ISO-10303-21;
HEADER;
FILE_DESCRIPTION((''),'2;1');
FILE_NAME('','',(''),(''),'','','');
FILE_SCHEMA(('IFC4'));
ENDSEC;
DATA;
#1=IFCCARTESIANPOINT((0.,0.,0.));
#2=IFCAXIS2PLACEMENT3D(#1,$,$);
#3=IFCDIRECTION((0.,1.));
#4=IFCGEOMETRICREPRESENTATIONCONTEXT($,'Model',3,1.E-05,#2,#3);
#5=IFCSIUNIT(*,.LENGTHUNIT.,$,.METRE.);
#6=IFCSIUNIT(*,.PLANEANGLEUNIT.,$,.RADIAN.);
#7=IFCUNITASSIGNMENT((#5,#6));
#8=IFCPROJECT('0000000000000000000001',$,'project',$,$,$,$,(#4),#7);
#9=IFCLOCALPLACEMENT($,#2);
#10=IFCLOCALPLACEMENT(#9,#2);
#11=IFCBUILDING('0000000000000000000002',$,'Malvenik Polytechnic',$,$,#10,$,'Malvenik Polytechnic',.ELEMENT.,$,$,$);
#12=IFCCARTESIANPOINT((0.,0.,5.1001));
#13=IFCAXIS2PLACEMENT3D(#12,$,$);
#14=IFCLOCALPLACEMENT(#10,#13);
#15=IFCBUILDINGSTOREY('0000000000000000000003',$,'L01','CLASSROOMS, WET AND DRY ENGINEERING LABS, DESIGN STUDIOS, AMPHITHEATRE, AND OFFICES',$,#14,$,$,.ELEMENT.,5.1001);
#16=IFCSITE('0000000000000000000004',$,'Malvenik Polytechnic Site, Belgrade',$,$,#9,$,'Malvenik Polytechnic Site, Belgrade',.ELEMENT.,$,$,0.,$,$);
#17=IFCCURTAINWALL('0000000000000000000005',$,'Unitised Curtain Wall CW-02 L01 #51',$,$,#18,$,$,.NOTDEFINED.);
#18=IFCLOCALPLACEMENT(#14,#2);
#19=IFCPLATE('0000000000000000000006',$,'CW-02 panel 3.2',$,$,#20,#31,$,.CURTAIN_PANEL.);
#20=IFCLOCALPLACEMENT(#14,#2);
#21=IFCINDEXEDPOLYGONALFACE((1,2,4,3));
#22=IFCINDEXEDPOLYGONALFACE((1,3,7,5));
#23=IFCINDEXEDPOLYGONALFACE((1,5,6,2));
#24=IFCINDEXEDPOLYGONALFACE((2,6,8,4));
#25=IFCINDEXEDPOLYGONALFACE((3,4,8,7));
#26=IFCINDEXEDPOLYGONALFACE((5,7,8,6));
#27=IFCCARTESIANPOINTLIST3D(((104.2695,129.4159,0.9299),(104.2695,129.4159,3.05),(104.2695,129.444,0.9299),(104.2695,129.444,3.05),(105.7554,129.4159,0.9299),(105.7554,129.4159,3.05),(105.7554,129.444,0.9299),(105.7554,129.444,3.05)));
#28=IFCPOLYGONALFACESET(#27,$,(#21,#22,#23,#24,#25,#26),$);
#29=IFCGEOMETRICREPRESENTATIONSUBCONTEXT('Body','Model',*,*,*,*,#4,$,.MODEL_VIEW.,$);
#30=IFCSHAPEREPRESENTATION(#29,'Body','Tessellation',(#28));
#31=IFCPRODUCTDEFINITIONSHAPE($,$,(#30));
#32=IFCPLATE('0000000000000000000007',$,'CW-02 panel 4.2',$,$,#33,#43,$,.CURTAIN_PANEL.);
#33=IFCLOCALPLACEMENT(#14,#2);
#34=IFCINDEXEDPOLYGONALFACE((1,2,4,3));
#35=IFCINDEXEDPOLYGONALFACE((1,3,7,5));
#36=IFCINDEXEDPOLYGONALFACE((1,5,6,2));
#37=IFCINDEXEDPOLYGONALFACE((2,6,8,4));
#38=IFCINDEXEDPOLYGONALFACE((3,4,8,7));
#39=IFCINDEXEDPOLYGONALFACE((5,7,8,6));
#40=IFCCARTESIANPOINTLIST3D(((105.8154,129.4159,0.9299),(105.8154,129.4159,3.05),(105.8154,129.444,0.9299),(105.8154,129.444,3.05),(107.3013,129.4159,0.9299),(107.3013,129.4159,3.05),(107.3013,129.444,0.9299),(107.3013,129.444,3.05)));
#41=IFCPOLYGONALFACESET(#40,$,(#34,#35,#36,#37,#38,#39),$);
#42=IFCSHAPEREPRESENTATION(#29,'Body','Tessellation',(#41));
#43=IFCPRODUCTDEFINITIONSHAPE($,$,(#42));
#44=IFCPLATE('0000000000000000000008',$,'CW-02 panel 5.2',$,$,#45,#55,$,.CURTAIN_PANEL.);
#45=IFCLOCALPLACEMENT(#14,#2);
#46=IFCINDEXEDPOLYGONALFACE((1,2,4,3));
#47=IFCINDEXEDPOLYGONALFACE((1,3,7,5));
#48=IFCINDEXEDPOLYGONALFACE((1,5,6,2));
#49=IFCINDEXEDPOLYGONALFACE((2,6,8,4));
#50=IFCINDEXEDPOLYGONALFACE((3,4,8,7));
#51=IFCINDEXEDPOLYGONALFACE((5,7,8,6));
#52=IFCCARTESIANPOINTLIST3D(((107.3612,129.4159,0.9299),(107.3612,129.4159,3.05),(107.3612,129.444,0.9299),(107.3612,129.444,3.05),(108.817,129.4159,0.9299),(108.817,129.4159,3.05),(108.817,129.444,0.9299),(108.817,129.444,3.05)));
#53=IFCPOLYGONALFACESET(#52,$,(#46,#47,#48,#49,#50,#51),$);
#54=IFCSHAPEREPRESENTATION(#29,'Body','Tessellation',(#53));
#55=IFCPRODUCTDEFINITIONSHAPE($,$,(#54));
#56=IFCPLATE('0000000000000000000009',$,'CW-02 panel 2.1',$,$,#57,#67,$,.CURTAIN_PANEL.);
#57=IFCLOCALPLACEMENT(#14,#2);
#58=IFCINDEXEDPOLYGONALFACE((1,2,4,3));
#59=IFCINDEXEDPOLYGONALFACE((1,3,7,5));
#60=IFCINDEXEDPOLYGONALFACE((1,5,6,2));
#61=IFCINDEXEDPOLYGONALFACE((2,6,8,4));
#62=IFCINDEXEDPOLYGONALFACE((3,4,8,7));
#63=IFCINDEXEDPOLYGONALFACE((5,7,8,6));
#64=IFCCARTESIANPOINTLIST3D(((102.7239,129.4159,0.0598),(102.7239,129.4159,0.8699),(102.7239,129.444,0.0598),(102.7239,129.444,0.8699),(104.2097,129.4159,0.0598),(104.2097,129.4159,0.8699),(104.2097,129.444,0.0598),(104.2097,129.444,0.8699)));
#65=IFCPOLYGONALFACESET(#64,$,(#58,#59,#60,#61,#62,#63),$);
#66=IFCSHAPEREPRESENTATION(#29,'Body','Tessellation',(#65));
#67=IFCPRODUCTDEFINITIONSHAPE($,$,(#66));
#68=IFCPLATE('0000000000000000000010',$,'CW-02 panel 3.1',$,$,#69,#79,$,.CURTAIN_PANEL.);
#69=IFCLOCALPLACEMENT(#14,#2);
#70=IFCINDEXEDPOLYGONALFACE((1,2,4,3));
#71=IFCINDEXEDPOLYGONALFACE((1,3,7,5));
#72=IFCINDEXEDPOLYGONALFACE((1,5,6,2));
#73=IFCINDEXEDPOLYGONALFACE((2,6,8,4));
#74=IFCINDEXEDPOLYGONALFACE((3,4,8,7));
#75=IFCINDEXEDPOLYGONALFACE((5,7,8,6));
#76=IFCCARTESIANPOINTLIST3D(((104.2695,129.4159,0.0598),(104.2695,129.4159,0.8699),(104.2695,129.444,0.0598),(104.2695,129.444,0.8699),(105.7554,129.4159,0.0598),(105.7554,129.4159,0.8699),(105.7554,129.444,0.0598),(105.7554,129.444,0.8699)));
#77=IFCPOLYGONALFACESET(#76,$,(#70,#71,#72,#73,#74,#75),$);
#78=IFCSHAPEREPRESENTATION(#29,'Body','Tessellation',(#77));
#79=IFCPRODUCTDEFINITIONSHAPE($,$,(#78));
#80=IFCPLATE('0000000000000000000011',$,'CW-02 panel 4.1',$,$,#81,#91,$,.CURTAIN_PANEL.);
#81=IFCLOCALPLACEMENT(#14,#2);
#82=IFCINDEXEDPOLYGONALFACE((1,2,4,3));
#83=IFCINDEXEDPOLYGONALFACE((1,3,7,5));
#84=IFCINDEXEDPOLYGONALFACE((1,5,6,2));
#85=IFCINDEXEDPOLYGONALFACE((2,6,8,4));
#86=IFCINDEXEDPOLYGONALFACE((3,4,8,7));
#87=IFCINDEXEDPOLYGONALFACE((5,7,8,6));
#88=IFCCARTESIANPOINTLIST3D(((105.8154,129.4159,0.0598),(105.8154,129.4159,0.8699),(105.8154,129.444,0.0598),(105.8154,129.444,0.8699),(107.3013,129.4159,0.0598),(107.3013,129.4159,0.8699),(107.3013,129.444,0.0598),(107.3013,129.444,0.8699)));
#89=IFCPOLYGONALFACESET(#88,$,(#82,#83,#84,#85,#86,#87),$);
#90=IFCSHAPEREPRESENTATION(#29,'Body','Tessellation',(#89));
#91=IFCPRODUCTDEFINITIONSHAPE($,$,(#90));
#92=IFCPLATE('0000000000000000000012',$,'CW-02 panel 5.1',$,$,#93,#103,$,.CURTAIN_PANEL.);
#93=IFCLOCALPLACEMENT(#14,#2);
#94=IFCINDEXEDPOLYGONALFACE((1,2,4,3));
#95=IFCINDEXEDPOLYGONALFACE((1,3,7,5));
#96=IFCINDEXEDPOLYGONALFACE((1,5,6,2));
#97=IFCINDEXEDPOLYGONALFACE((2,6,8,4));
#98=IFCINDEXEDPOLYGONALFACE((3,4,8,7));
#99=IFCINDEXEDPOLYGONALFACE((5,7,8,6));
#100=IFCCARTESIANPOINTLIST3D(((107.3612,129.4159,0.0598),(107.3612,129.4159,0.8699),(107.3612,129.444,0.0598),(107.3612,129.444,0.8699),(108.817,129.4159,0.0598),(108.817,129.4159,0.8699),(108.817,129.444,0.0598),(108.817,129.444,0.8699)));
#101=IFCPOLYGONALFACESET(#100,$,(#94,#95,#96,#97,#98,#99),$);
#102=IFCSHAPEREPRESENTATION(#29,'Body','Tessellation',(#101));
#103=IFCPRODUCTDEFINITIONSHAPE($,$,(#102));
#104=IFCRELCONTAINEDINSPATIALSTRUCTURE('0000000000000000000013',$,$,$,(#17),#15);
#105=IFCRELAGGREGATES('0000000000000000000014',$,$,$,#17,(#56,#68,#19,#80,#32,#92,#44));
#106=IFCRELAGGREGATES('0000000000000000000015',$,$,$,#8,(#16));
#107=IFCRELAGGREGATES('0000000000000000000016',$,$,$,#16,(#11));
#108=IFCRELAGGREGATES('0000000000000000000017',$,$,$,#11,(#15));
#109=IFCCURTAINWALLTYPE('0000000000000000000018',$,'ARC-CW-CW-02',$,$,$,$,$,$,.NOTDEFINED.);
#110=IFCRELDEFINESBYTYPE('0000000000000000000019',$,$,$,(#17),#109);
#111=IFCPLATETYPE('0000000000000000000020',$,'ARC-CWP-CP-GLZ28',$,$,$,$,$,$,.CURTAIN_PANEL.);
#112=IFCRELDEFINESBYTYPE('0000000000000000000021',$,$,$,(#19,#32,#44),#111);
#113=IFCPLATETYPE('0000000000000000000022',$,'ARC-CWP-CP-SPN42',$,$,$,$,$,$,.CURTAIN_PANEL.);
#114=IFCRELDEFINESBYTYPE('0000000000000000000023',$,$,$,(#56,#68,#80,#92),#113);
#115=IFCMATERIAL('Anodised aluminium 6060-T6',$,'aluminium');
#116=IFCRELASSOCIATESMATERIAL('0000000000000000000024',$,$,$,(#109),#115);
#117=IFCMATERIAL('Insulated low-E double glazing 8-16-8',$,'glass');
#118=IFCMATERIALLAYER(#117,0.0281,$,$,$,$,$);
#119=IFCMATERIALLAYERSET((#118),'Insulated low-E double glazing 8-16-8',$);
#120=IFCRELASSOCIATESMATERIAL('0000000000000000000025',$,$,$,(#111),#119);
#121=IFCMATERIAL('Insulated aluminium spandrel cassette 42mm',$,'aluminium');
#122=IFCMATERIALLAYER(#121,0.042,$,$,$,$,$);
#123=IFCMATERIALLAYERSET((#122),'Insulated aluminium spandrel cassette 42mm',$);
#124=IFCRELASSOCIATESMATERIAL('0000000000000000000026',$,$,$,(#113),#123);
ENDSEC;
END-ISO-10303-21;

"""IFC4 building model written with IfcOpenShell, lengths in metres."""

from ifc_helpers import new_model, si_unit, direction, frame, origin, origin_2d, place, context, subcontext, project, spatial, rectangle, extrude, material, layer, layer_set, type_object, element, aggregate, save


model = new_model("IFC4")

# Units and contexts
model_context = context("Model", 3, precision=1e-05, world=origin(), true_north=direction((0.0, 1.0)))
body_context = subcontext(model_context, "Body", "Model", "MODEL_VIEW")
ifc_project = project(units=[si_unit("LENGTHUNIT", "METRE"), si_unit("PLANEANGLEUNIT", "RADIAN")], contexts=[model_context])

# Site, building, storey
site_placement = place(None, origin())
site = spatial("IfcSite", under=ifc_project, at=site_placement, Name="Malvenik Polytechnic Site, Belgrade", LongName="Malvenik Polytechnic Site, Belgrade", CompositionType="ELEMENT", RefElevation=0.0)
building_placement = place(site_placement, origin())
building = spatial("IfcBuilding", under=site, at=building_placement, Name="Malvenik Polytechnic", LongName="Malvenik Polytechnic", CompositionType="ELEMENT")
storey_placement = place(building_placement, frame((0.0, 0.0, 5.1001)))
storey = spatial("IfcBuildingStorey", under=building, at=storey_placement, Name="L01", Description="CLASSROOMS, WET AND DRY ENGINEERING LABS, DESIGN STUDIOS, AMPHITHEATRE, AND OFFICES", CompositionType="ELEMENT", Elevation=5.1001)

# Curtain wall, plates
ifc_material_1 = material(Name="Anodised aluminium 6060-T6", Category="aluminium")
curtain_wall_type = type_object("IfcCurtainWallType", Name="ARC-CW-CW-02", PredefinedType="NOTDEFINED", material=ifc_material_1)
curtain_wall_placement = place(storey_placement, origin())
curtain_wall = element("IfcCurtainWall", 1, at=curtain_wall_placement, inside=storey, type_object=curtain_wall_type, Name="Unitised Curtain Wall CW-02 L01 #51", PredefinedType="NOTDEFINED")
ifc_material_2 = material(Name="Insulated low-E double glazing 8-16-8", Category="glass")
ifc_layer_1 = layer(ifc_material_2, 0.0281)
ifc_layer_set_1 = layer_set([ifc_layer_1], Name="Insulated low-E double glazing 8-16-8")
plate_type_1 = type_object("IfcPlateType", Name="ARC-CWP-CP-GLZ28", PredefinedType="CURTAIN_PANEL", material=ifc_layer_set_1)
plate_1_placement = place(storey_placement, frame((105.0125, 129.4299, 0.9299), z_axis=(0.0, 0.0, 1.0), x_axis=(1.0, 0.0, 0.0)))
plate_1 = element("IfcPlate", 2, at=plate_1_placement, type_object=plate_type_1, Name="CW-02 panel 3.2", PredefinedType="CURTAIN_PANEL", context=body_context, shape_type="SweptSolid", body=[
    extrude(rectangle(XDim=1.4858, YDim=0.0281, at=origin_2d()), origin(), (0.0, 0.0, 1.0), 2.1201),
])
plate_2_placement = place(storey_placement, frame((106.5583, 129.4299, 0.9299), z_axis=(0.0, 0.0, 1.0), x_axis=(1.0, 0.0, 0.0)))
plate_2 = element("IfcPlate", 3, at=plate_2_placement, type_object=plate_type_1, Name="CW-02 panel 4.2", PredefinedType="CURTAIN_PANEL", context=body_context, shape_type="SweptSolid", body=[
    extrude(rectangle(XDim=1.4858, YDim=0.0281, at=origin_2d()), origin(), (0.0, 0.0, 1.0), 2.1201),
])
plate_3_placement = place(storey_placement, frame((108.0891, 129.4299, 0.9299), z_axis=(0.0, 0.0, 1.0), x_axis=(1.0, 0.0, 0.0)))
plate_3 = element("IfcPlate", 4, at=plate_3_placement, type_object=plate_type_1, Name="CW-02 panel 5.2", PredefinedType="CURTAIN_PANEL", context=body_context, shape_type="SweptSolid", body=[
    extrude(rectangle(XDim=1.4558, YDim=0.0281, at=origin_2d()), origin(), (0.0, 0.0, 1.0), 2.1201),
])
ifc_material_3 = material(Name="Insulated aluminium spandrel cassette 42mm", Category="aluminium")
ifc_layer_2 = layer(ifc_material_3, 0.042)
ifc_layer_set_2 = layer_set([ifc_layer_2], Name="Insulated aluminium spandrel cassette 42mm")
plate_type_2 = type_object("IfcPlateType", Name="ARC-CWP-CP-SPN42", PredefinedType="CURTAIN_PANEL", material=ifc_layer_set_2)
plate_4_placement = place(storey_placement, frame((103.4668, 129.4299, 0.0598), z_axis=(0.0, 0.0, 1.0), x_axis=(1.0, 0.0, 0.0)))
plate_4 = element("IfcPlate", 5, at=plate_4_placement, type_object=plate_type_2, Name="CW-02 panel 2.1", PredefinedType="CURTAIN_PANEL", context=body_context, shape_type="SweptSolid", body=[
    extrude(rectangle(XDim=1.4858, YDim=0.0281, at=origin_2d()), origin(), (0.0, 0.0, 1.0), 0.8101),
])
plate_5_placement = place(storey_placement, frame((105.0125, 129.4299, 0.0598), z_axis=(0.0, 0.0, 1.0), x_axis=(1.0, 0.0, 0.0)))
plate_5 = element("IfcPlate", 6, at=plate_5_placement, type_object=plate_type_2, Name="CW-02 panel 3.1", PredefinedType="CURTAIN_PANEL", context=body_context, shape_type="SweptSolid", body=[
    extrude(rectangle(XDim=1.4858, YDim=0.0281, at=origin_2d()), origin(), (0.0, 0.0, 1.0), 0.8101),
])
plate_6_placement = place(storey_placement, frame((106.5583, 129.4299, 0.0598), z_axis=(0.0, 0.0, 1.0), x_axis=(1.0, 0.0, 0.0)))
plate_6 = element("IfcPlate", 7, at=plate_6_placement, type_object=plate_type_2, Name="CW-02 panel 4.1", PredefinedType="CURTAIN_PANEL", context=body_context, shape_type="SweptSolid", body=[
    extrude(rectangle(XDim=1.4858, YDim=0.0281, at=origin_2d()), origin(), (0.0, 0.0, 1.0), 0.8101),
])
plate_7_placement = place(storey_placement, frame((108.0891, 129.4299, 0.0598), z_axis=(0.0, 0.0, 1.0), x_axis=(1.0, 0.0, 0.0)))
plate_7 = element("IfcPlate", 8, at=plate_7_placement, type_object=plate_type_2, Name="CW-02 panel 5.1", PredefinedType="CURTAIN_PANEL", context=body_context, shape_type="SweptSolid", body=[
    extrude(rectangle(XDim=1.4558, YDim=0.0281, at=origin_2d()), origin(), (0.0, 0.0, 1.0), 0.8101),
])
aggregate(curtain_wall, [plate_4, plate_5, plate_1, plate_6, plate_2, plate_7, plate_3])

save(model, "model.ifc")
